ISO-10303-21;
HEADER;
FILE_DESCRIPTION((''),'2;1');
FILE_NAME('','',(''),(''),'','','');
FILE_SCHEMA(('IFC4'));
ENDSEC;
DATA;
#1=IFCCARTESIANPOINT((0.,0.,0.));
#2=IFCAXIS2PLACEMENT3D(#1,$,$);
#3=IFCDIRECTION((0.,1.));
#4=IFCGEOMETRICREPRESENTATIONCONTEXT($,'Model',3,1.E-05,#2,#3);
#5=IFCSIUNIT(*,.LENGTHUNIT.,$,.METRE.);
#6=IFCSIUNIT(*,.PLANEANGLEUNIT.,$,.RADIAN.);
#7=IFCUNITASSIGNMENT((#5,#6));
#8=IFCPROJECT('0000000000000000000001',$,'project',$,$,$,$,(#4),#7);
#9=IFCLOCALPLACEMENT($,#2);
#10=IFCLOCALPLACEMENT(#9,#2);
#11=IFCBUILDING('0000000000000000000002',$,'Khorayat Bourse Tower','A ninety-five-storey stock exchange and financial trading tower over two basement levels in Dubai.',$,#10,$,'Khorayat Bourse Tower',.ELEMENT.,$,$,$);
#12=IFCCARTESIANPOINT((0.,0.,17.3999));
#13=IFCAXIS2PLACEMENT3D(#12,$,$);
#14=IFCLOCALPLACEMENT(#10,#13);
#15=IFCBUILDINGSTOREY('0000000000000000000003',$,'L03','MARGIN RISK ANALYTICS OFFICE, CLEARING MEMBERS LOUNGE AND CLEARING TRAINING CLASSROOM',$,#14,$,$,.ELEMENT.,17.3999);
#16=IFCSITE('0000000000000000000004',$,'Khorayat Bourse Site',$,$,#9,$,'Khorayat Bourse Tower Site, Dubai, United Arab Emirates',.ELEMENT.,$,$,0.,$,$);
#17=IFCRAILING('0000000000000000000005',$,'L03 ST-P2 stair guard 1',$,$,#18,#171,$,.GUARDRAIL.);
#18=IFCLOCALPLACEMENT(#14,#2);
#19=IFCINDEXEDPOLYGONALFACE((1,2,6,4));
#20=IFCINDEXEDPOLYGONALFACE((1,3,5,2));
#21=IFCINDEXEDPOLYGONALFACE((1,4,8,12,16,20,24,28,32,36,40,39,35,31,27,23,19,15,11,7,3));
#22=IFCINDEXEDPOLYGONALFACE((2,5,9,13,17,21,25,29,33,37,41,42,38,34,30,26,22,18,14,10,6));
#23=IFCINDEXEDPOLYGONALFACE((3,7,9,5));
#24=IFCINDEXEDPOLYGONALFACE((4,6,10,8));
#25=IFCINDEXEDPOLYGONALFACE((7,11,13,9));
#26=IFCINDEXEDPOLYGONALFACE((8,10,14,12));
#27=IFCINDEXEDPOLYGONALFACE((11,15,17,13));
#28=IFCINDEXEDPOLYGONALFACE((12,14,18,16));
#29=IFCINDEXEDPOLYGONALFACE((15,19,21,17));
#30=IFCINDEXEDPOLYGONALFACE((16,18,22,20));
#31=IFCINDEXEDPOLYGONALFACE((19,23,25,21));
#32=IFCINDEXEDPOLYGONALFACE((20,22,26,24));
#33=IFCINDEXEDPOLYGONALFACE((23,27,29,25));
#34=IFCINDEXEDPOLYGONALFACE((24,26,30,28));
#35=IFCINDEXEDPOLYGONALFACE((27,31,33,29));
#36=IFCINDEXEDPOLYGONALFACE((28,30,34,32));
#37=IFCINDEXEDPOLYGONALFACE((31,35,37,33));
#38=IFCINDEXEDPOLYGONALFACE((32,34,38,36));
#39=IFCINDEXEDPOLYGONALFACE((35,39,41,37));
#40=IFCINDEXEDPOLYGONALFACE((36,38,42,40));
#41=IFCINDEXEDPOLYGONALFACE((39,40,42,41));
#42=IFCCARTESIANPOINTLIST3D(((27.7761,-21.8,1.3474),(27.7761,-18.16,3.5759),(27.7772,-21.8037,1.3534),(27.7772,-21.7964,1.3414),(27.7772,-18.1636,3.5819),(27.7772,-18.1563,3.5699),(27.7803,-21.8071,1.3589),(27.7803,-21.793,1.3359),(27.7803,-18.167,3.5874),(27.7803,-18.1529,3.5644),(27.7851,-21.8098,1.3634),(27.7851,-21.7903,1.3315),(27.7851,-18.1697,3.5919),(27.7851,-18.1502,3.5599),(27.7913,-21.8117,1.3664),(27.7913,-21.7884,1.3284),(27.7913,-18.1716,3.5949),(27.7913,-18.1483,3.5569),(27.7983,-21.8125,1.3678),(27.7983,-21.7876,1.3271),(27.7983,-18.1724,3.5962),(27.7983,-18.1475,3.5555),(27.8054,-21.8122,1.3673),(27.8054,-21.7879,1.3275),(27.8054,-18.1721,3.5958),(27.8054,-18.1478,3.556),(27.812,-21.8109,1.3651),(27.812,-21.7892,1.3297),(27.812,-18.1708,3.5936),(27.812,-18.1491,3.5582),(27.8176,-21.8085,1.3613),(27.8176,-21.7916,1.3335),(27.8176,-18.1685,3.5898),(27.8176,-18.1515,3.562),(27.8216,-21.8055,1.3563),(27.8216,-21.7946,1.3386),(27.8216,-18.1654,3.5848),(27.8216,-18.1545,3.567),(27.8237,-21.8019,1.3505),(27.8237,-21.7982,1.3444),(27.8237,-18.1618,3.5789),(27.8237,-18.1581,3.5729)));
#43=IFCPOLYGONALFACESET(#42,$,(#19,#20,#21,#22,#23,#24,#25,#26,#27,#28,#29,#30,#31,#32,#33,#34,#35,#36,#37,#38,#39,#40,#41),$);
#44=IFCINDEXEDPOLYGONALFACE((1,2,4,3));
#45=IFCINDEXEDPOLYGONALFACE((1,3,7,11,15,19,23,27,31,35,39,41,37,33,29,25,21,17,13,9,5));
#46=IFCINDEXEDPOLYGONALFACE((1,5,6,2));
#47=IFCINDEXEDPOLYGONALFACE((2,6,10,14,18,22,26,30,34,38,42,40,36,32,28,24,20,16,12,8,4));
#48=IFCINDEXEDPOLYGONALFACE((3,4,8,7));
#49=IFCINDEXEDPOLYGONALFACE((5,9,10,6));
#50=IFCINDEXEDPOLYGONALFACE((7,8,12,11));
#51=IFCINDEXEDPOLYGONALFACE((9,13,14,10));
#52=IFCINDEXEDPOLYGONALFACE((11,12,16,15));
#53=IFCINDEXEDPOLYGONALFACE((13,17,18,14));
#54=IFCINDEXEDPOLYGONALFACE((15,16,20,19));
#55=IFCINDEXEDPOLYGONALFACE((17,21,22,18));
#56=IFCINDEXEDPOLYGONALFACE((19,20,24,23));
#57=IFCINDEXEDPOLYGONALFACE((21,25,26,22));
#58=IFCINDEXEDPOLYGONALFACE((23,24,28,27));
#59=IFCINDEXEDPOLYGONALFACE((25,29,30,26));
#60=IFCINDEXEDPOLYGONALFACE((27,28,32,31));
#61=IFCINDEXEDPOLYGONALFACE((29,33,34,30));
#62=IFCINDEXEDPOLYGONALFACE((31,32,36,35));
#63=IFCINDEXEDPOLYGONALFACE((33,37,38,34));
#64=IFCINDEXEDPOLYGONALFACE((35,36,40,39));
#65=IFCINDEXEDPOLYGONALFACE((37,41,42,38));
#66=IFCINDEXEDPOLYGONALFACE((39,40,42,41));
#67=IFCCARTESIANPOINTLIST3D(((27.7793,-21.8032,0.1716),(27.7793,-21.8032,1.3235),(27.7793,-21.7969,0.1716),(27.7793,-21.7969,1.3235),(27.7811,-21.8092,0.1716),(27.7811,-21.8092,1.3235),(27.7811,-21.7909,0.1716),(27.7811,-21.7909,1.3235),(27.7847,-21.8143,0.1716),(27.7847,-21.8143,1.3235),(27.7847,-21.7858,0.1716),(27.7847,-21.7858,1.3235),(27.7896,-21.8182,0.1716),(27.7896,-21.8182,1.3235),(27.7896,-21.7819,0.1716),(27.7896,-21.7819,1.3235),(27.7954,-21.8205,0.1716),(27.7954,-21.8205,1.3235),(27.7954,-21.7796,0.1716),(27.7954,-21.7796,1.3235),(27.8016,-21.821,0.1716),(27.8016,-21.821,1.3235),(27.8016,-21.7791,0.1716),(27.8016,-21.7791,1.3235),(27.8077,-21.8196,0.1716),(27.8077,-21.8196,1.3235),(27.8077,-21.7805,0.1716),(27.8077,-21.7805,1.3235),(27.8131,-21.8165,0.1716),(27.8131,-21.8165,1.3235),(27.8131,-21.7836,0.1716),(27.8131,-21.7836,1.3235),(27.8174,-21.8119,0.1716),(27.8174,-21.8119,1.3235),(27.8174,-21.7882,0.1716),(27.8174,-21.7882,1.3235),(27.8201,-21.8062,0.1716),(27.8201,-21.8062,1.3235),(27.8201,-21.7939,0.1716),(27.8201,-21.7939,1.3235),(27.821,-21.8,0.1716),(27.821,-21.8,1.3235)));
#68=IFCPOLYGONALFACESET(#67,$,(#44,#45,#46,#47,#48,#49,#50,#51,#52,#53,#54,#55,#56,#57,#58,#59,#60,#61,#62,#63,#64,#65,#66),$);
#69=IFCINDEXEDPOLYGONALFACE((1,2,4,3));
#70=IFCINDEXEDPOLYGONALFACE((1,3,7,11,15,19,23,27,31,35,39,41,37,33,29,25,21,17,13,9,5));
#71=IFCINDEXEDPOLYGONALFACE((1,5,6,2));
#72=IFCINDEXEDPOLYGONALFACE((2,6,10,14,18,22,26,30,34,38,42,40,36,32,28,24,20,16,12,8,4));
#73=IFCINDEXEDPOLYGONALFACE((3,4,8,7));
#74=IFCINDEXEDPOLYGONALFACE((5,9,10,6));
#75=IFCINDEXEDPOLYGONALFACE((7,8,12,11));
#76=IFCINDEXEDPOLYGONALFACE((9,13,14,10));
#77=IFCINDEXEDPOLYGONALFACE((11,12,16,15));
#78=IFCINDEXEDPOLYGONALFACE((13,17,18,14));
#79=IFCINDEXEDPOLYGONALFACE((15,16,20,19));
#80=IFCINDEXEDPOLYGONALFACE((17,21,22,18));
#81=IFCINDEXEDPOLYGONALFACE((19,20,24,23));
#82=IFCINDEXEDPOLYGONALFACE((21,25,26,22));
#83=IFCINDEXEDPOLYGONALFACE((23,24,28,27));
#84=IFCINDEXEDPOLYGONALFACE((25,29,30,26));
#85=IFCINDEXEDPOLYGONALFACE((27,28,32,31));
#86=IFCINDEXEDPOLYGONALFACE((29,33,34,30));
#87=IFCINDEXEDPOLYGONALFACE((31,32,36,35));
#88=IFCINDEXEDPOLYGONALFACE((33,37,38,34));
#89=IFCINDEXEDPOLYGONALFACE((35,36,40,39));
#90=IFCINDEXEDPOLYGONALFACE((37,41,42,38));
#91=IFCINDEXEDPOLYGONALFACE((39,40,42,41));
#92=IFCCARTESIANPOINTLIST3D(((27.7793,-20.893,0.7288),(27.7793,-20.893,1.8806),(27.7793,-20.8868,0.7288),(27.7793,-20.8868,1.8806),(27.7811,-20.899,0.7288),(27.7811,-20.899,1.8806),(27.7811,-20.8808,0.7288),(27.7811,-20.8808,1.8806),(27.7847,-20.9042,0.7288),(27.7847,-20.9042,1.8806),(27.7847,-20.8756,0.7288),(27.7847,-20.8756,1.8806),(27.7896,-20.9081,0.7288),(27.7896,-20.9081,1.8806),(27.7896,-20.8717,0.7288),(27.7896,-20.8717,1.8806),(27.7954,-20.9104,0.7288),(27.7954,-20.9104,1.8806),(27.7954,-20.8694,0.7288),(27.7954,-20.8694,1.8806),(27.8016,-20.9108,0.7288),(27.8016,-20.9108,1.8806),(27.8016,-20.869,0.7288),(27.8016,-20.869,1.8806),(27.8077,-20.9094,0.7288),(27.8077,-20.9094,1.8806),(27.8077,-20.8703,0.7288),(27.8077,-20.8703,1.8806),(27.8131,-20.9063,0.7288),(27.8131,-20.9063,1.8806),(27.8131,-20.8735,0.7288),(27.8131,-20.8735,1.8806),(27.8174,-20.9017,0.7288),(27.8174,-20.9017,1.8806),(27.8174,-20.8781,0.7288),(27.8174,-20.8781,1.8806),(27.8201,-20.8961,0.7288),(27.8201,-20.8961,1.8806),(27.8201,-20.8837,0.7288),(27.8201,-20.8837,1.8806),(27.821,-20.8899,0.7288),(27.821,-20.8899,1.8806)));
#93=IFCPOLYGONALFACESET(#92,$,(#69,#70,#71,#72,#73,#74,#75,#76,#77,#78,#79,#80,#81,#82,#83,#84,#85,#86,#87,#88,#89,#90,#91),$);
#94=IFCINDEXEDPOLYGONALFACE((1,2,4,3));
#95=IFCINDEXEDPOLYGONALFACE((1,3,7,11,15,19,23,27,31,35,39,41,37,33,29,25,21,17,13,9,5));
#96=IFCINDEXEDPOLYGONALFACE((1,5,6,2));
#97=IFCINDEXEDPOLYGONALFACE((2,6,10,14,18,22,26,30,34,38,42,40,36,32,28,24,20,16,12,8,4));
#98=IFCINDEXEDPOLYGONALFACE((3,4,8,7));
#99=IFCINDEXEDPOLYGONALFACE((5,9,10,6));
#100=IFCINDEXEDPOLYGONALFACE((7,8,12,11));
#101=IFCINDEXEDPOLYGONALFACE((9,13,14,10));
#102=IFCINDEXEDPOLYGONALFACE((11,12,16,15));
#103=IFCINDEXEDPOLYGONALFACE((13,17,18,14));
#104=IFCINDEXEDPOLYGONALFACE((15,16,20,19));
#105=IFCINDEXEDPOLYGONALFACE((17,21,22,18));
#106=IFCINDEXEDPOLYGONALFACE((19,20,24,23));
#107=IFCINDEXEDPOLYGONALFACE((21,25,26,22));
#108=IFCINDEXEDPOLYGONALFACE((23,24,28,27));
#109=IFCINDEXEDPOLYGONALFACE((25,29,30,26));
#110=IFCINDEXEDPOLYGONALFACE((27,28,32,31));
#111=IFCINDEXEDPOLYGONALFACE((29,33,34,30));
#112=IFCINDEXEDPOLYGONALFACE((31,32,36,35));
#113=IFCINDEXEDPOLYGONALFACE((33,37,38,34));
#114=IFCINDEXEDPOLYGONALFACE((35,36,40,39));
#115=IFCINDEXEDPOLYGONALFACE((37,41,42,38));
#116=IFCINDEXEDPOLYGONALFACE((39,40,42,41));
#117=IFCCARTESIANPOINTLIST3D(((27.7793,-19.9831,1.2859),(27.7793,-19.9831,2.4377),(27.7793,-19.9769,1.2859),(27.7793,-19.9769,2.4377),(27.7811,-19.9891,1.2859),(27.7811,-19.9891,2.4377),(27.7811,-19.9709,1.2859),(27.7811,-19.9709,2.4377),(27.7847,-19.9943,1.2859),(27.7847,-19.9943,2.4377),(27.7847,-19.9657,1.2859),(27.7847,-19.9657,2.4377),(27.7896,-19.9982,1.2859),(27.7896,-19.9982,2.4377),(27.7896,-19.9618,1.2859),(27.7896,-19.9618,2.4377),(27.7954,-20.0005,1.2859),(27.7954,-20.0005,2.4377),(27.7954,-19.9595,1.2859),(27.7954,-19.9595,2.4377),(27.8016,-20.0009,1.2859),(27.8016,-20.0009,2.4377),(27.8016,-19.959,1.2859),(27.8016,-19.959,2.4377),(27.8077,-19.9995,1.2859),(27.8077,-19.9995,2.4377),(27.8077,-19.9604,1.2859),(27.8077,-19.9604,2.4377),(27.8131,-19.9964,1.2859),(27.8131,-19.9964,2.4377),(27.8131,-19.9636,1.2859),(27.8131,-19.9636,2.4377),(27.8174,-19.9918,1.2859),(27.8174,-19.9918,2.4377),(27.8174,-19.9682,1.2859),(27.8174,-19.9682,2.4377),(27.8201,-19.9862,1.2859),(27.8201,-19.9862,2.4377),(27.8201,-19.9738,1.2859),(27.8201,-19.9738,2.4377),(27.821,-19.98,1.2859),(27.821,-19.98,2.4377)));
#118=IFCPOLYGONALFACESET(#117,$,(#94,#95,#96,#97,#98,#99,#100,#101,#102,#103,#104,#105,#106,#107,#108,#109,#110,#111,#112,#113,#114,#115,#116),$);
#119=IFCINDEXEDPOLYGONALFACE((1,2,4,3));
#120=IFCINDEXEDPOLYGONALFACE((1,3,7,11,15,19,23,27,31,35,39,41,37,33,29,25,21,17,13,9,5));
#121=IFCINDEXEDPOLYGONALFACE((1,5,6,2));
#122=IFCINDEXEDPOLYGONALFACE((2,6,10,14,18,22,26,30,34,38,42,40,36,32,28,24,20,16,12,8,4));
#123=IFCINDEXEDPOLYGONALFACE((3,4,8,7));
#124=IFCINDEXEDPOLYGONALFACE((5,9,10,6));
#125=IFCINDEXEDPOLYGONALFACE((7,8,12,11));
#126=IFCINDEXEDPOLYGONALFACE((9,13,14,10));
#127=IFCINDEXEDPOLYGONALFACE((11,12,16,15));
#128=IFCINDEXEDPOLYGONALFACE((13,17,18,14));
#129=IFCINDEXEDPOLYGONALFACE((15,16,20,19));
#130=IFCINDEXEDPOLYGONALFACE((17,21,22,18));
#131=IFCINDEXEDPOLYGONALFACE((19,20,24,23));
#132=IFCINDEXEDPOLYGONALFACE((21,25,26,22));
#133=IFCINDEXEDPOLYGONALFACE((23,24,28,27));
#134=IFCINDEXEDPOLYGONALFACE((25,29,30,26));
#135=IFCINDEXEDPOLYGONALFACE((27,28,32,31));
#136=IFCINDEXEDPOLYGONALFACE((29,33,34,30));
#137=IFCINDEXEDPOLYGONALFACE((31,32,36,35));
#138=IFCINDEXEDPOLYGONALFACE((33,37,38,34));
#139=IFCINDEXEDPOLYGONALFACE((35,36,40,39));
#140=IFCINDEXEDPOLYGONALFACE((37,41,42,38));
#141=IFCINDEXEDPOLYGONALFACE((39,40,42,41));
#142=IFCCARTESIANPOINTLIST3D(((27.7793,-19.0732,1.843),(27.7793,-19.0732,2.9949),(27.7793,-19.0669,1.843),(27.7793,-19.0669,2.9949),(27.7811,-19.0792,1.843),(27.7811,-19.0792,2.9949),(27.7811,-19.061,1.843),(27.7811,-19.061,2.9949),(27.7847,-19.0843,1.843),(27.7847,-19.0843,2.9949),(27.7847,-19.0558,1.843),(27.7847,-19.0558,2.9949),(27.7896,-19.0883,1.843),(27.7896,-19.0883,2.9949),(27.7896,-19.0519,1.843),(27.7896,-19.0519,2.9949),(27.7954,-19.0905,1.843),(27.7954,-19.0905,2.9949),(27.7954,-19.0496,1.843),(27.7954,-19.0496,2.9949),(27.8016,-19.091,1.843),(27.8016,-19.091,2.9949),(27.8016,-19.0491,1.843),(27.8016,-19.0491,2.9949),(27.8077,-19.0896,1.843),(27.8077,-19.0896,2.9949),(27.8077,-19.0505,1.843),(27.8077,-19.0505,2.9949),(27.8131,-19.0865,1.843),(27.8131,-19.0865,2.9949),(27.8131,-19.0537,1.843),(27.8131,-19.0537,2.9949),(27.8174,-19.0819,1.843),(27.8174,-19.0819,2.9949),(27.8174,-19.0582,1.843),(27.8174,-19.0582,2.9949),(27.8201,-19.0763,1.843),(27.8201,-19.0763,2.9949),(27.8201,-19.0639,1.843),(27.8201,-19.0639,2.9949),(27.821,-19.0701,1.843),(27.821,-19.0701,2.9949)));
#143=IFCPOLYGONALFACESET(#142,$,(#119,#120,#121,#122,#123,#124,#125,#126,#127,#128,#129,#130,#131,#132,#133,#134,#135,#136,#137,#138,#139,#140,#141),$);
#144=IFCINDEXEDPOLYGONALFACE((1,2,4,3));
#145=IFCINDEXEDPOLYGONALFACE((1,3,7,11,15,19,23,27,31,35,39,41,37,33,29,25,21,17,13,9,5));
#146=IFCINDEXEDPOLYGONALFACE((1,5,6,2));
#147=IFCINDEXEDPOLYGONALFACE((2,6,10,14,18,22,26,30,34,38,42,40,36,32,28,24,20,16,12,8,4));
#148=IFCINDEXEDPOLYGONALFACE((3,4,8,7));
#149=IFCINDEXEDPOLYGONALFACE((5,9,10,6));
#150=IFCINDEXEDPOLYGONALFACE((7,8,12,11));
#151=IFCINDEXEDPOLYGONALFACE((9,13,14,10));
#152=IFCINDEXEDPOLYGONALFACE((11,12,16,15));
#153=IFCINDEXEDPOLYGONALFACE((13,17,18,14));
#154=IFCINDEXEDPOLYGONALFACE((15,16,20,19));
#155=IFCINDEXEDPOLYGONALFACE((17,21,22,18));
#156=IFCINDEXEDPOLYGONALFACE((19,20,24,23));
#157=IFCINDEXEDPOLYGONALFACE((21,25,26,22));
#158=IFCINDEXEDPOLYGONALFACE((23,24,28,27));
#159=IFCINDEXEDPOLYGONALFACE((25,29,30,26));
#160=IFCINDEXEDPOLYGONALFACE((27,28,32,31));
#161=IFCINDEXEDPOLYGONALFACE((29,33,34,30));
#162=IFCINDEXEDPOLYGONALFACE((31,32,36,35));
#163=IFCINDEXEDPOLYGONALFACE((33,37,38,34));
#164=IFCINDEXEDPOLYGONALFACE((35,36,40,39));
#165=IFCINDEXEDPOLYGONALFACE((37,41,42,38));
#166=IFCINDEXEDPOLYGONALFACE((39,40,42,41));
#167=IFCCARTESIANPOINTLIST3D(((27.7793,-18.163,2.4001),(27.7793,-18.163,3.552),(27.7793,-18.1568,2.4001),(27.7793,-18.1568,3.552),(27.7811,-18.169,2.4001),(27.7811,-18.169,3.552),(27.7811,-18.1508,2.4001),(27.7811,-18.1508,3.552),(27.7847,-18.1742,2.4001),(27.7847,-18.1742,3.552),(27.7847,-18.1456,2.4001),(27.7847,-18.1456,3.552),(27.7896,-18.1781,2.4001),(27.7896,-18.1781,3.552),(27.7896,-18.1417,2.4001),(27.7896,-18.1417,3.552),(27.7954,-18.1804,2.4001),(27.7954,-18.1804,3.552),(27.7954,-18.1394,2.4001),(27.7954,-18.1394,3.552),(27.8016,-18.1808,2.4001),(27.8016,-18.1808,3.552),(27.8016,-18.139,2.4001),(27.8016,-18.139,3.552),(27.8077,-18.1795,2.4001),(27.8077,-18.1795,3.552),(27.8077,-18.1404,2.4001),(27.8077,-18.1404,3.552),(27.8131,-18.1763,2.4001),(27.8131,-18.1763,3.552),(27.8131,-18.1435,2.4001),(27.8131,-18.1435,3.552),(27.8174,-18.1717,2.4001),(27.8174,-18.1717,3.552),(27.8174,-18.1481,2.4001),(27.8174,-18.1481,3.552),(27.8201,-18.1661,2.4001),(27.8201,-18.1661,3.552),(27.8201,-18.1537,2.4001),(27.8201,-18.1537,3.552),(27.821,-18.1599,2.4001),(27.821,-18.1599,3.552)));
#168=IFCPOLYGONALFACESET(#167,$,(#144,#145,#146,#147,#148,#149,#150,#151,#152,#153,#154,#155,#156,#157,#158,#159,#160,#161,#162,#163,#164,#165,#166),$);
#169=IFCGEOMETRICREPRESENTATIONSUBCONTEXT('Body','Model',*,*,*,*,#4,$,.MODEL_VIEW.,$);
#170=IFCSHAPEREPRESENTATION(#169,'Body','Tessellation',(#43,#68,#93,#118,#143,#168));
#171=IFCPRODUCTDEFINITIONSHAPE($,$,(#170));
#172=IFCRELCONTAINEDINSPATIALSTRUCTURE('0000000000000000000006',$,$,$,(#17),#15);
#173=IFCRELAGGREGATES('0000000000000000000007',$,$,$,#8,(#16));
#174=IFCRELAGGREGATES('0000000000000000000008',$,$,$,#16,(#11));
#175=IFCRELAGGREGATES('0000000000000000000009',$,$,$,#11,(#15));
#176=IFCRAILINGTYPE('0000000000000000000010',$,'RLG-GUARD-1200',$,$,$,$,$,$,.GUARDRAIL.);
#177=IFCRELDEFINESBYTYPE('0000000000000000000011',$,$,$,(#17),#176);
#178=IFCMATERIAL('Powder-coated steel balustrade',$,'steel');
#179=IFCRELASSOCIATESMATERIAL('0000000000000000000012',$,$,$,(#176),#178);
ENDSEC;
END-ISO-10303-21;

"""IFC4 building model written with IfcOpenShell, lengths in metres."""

from ifc_helpers import new_model, si_unit, direction, frame, origin, origin_2d, place, context, subcontext, project, spatial, circle, extrude, source, transform, mapped, material, type_object, element, save


model = new_model("IFC4")

# Units and contexts
model_context = context("Model", 3, precision=1e-05, world=origin(), true_north=direction((0.0, 1.0)))
body_context = subcontext(model_context, "Body", "Model", "MODEL_VIEW")
ifc_project = project(units=[si_unit("LENGTHUNIT", "METRE"), si_unit("PLANEANGLEUNIT", "RADIAN")], contexts=[model_context])

# Site, building, storey
site_placement = place(None, origin())
site = spatial("IfcSite", under=ifc_project, at=site_placement, Name="Khorayat Bourse Site", LongName="Khorayat Bourse Tower Site, Dubai, United Arab Emirates", CompositionType="ELEMENT", RefElevation=0.0)
building_placement = place(site_placement, origin())
building = spatial("IfcBuilding", under=site, at=building_placement, Name="Khorayat Bourse Tower", Description="A ninety-five-storey stock exchange and financial trading tower over two basement levels in Dubai.", LongName="Khorayat Bourse Tower", CompositionType="ELEMENT")
storey_placement = place(building_placement, frame((0.0, 0.0, 17.3999)))
storey = spatial("IfcBuildingStorey", under=building, at=storey_placement, Name="L03", Description="MARGIN RISK ANALYTICS OFFICE, CLEARING MEMBERS LOUNGE AND CLEARING TRAINING CLASSROOM", CompositionType="ELEMENT", Elevation=17.3999)

# Railing
ifc_material_1 = material(Name="Powder-coated steel balustrade", Category="steel")
railing_type_1 = type_object("IfcRailingType", Name="RLG-GUARD-1200", PredefinedType="GUARDRAIL", material=ifc_material_1)
shared_shape_1 = source(origin(), body_context, "Body", "SweptSolid", [
    extrude(circle(Radius=0.0239, at=origin_2d()), frame((0.0, 0.0, 1.1758), z_axis=(0.0, 0.852866, 0.52213), x_axis=(-1.0, 0.0, 0.0)), (0.0, 0.0, 1.0), 4.2681),
    extrude(circle(Radius=0.021, at=origin_2d()), origin(), (0.0, 0.0, 1.0), 1.1519),
    extrude(circle(Radius=0.021, at=origin_2d()), frame((0.0, 0.9102, 0.5571)), (0.0, 0.0, 1.0), 1.1519),
    extrude(circle(Radius=0.021, at=origin_2d()), frame((0.0, 1.8201, 1.1143)), (0.0, 0.0, 1.0), 1.1519),
    extrude(circle(Radius=0.021, at=origin_2d()), frame((0.0, 2.73, 1.6714)), (0.0, 0.0, 1.0), 1.1519),
    extrude(circle(Radius=0.021, at=origin_2d()), frame((0.0, 3.6401, 2.2285)), (0.0, 0.0, 1.0), 1.1519),
])
railing_1_placement = place(storey_placement, frame((27.8, -21.8, 0.1716)))
element("IfcRailing", 1, at=railing_1_placement, inside=storey, type_object=railing_type_1, Name="L03 ST-P2 stair guard 1", PredefinedType="GUARDRAIL", context=body_context, shape_type="MappedRepresentation", body=[
    mapped(shared_shape_1, transform((0.0, 0.0, 0.0), scale=1.0)),
])

save(model, "model.ifc")
